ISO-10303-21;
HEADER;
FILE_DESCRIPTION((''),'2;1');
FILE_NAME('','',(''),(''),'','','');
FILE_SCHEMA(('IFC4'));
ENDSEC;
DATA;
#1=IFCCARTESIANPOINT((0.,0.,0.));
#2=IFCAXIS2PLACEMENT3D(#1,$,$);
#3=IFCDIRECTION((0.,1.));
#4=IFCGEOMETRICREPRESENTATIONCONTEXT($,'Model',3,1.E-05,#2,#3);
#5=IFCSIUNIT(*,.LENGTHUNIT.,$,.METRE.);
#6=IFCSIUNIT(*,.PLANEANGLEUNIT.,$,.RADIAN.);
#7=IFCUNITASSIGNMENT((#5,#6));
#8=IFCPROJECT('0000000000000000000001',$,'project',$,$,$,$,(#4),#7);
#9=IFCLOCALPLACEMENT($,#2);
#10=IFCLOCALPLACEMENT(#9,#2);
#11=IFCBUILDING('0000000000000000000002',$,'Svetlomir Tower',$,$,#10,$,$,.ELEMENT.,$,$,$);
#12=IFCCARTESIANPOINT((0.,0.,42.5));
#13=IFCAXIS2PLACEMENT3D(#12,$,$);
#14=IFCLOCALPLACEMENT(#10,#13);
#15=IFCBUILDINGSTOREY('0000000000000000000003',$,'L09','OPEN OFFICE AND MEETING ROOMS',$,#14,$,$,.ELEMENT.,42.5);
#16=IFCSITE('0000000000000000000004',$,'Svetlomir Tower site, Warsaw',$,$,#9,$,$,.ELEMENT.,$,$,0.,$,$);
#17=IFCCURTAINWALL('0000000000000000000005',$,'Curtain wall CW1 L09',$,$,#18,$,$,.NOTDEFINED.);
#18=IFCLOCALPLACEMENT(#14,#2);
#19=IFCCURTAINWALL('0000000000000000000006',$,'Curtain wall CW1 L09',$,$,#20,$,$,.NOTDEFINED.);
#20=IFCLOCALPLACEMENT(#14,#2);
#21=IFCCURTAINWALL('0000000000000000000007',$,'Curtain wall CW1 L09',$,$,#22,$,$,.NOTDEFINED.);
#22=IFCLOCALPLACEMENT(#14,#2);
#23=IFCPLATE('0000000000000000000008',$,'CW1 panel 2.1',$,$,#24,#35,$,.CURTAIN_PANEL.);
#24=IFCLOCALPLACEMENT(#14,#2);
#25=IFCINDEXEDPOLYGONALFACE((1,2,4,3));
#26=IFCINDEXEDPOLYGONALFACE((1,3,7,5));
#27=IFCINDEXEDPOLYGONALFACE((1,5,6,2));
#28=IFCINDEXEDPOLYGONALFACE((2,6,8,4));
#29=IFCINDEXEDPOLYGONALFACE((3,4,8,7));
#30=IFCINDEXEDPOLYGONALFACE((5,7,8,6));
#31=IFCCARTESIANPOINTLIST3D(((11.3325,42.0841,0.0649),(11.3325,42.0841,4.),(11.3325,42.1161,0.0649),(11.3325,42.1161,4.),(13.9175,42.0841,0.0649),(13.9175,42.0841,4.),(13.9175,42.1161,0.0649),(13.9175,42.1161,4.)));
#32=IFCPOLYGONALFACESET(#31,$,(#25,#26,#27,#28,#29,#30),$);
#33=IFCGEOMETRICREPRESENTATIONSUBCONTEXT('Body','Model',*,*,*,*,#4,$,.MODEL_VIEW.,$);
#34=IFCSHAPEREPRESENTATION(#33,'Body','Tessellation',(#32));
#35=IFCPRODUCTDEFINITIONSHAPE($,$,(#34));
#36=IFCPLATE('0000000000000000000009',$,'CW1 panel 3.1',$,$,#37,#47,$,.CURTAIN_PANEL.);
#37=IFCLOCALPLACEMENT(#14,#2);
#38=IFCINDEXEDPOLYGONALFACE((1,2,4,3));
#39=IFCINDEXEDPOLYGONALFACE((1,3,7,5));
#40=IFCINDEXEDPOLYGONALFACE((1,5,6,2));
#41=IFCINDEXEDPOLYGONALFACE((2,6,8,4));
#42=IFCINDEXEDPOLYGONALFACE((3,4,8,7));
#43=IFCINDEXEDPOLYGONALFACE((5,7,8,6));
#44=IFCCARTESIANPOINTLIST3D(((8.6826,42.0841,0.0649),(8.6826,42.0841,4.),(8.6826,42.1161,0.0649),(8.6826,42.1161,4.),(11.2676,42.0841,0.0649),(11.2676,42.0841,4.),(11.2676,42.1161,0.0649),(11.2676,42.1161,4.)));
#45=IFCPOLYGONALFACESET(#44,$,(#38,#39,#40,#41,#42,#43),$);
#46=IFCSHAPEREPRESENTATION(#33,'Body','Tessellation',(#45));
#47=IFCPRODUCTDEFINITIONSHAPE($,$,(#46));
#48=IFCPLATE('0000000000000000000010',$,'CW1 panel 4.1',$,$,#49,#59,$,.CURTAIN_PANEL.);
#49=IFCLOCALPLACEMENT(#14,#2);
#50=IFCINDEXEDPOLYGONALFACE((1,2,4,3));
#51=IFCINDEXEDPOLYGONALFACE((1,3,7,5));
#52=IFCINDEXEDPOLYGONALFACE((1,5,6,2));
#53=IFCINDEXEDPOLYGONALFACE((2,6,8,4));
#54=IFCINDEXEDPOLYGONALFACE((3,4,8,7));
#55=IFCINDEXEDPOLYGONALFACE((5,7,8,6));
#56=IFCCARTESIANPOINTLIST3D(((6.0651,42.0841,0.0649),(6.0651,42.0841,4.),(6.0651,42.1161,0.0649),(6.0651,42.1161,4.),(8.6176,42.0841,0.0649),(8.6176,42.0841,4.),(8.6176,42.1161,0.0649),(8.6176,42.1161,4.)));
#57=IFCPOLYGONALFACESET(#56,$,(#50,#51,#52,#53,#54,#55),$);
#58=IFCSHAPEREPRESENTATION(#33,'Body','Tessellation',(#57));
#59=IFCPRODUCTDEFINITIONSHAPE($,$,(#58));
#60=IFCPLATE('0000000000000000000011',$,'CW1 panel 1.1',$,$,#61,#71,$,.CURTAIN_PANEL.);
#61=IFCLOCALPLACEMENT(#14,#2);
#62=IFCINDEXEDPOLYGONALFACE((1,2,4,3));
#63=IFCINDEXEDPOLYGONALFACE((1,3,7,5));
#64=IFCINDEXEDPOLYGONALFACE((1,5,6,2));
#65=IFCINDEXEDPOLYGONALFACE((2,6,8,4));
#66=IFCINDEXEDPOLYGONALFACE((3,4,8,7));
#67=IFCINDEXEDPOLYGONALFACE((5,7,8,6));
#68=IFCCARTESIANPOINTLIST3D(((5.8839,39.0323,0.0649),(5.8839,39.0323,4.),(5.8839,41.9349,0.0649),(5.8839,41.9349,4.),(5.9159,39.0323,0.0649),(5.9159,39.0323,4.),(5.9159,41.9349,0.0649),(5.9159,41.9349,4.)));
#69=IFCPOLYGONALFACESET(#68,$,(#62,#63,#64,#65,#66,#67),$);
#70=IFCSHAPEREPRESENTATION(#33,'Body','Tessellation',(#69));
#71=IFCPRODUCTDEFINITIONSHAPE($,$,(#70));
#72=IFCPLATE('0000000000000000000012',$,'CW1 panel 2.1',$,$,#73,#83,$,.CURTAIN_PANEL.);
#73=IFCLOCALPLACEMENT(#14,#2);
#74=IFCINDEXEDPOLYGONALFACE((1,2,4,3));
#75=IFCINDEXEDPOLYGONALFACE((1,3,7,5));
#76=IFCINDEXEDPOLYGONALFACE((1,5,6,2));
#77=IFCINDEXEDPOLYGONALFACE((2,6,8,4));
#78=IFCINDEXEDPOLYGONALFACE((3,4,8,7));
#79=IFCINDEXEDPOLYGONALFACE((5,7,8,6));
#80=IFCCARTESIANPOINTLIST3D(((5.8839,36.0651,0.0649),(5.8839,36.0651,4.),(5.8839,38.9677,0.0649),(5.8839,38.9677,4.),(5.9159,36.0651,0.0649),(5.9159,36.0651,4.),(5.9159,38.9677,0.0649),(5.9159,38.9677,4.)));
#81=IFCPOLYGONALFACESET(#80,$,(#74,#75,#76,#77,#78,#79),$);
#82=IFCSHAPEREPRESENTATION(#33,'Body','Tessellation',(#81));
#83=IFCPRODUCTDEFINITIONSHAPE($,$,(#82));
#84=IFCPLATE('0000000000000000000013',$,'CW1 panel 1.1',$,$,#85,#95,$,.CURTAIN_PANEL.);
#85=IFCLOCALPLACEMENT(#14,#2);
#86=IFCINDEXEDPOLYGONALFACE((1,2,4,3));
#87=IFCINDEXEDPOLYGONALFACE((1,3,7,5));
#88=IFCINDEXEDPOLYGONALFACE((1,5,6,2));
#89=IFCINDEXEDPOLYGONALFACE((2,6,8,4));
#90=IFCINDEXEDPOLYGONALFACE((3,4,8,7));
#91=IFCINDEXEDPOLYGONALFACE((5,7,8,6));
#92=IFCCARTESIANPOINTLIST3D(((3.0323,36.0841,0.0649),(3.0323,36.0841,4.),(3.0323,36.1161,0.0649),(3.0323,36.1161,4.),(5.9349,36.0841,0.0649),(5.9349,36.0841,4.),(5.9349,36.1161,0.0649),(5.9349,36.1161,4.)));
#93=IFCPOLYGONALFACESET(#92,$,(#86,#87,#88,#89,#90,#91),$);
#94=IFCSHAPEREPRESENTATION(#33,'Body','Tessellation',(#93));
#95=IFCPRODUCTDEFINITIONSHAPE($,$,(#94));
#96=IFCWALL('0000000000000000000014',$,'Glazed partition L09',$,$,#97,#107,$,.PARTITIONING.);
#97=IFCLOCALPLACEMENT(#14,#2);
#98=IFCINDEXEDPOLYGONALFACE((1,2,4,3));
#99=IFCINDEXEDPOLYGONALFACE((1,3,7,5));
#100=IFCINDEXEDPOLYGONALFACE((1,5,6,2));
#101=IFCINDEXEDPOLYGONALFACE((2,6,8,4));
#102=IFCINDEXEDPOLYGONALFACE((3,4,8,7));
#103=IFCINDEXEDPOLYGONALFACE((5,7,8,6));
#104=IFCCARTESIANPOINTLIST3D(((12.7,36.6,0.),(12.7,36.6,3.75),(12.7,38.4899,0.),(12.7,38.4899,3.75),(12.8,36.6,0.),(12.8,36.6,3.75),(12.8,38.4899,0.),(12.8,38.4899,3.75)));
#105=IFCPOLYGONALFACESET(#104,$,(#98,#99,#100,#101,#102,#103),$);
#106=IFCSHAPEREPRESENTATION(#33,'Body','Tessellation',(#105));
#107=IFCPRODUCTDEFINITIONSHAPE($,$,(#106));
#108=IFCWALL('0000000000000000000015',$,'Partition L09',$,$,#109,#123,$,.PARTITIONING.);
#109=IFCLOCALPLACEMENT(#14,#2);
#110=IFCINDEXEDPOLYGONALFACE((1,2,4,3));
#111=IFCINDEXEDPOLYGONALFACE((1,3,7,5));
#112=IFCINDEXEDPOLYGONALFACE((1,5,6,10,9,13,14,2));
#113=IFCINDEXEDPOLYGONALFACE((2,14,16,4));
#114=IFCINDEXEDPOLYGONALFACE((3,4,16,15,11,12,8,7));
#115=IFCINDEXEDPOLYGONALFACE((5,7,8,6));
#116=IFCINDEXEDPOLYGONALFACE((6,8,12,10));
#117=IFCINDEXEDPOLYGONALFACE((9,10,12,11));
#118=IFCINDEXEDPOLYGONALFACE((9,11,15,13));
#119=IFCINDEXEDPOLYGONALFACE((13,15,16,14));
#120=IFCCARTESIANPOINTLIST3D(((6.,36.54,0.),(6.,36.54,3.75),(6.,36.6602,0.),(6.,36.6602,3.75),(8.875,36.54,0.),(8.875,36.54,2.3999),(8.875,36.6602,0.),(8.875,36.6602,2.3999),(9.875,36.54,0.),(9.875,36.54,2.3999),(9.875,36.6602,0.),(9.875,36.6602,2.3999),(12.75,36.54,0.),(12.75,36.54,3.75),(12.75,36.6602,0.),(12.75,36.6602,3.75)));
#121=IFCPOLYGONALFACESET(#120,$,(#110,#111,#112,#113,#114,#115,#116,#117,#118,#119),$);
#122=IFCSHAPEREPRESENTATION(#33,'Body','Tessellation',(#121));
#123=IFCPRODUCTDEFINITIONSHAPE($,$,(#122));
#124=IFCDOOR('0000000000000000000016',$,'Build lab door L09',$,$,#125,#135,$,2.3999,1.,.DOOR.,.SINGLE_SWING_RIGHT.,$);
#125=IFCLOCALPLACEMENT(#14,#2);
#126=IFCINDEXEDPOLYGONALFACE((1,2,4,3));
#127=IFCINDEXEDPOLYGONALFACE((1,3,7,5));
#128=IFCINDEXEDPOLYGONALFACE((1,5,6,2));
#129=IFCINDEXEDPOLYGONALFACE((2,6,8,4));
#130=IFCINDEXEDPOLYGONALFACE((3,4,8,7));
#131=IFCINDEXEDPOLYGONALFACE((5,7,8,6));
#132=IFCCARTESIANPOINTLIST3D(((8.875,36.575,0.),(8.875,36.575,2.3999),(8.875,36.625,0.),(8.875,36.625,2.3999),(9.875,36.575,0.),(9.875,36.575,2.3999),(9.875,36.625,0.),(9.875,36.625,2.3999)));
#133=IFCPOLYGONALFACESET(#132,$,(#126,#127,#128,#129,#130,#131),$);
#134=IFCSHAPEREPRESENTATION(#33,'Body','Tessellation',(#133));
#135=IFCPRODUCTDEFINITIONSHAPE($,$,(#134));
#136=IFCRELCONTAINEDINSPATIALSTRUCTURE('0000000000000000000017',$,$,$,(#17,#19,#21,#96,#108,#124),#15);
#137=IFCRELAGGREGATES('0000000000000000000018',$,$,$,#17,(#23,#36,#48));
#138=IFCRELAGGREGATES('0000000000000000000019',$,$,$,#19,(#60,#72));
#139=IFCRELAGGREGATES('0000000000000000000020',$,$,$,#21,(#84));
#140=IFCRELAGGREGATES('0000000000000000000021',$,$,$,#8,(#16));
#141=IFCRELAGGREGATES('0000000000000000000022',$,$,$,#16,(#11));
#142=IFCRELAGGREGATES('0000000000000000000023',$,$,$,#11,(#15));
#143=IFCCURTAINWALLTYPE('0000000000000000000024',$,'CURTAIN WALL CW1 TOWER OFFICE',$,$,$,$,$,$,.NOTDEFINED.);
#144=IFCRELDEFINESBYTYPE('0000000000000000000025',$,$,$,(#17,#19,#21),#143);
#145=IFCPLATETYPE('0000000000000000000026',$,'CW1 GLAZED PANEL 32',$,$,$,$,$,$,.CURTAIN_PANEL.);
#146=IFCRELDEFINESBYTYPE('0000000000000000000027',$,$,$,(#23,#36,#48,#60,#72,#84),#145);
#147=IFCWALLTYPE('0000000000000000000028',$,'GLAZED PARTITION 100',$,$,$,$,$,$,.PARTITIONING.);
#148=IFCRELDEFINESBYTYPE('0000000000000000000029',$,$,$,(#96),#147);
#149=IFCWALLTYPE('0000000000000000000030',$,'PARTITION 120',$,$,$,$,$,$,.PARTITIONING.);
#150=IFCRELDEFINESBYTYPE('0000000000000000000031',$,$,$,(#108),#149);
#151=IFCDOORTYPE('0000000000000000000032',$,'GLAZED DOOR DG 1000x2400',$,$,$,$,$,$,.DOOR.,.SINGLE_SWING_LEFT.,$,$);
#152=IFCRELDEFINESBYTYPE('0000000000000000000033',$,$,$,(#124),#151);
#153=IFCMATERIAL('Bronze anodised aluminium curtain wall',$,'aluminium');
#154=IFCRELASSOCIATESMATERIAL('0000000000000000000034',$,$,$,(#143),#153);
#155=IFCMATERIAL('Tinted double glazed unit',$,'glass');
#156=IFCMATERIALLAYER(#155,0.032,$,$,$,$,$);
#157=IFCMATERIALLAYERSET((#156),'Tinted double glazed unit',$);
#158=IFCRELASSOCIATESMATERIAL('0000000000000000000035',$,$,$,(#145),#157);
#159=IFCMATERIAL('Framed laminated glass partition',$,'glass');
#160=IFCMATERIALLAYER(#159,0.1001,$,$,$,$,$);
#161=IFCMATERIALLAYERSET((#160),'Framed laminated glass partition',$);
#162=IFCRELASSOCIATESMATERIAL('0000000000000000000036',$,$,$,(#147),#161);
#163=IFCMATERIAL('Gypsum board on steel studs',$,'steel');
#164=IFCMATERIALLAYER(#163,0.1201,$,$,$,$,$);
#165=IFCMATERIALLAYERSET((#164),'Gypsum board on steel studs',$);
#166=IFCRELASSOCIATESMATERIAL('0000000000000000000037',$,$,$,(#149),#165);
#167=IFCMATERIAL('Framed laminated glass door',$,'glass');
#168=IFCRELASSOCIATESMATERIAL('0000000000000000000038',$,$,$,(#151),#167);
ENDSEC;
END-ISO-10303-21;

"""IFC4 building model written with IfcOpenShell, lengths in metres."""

from ifc_helpers import new_model, si_unit, direction, frame, frame_2d, origin, origin_2d, place, context, subcontext, project, spatial, rectangle, extrude, material, layer, layer_set, type_object, element, fill, aggregate, save


model = new_model("IFC4")

# Units and contexts
model_context = context("Model", 3, precision=1e-05, world=origin(), true_north=direction((0.0, 1.0)))
body_context = subcontext(model_context, "Body", "Model", "MODEL_VIEW")
ifc_project = project(units=[si_unit("LENGTHUNIT", "METRE"), si_unit("PLANEANGLEUNIT", "RADIAN")], contexts=[model_context])

# Site, building, storey
site_placement = place(None, origin())
site = spatial("IfcSite", under=ifc_project, at=site_placement, Name="Svetlomir Tower site, Warsaw", CompositionType="ELEMENT", RefElevation=0.0)
building_placement = place(site_placement, origin())
building = spatial("IfcBuilding", under=site, at=building_placement, Name="Svetlomir Tower", CompositionType="ELEMENT")
storey_placement = place(building_placement, frame((0.0, 0.0, 42.5)))
storey = spatial("IfcBuildingStorey", under=building, at=storey_placement, Name="L09", Description="OPEN OFFICE AND MEETING ROOMS", CompositionType="ELEMENT", Elevation=42.5)

# Curtain walls
ifc_material_1 = material(Name="Bronze anodised aluminium curtain wall", Category="aluminium")
curtain_wall_type = type_object("IfcCurtainWallType", Name="CURTAIN WALL CW1 TOWER OFFICE", PredefinedType="NOTDEFINED", material=ifc_material_1)
curtain_wall_1_placement = place(storey_placement, origin())
curtain_wall_1 = element("IfcCurtainWall", 1, at=curtain_wall_1_placement, inside=storey, type_object=curtain_wall_type, Name="Curtain wall CW1 L09", PredefinedType="NOTDEFINED")
curtain_wall_2_placement = place(storey_placement, origin())
curtain_wall_2 = element("IfcCurtainWall", 2, at=curtain_wall_2_placement, inside=storey, type_object=curtain_wall_type, Name="Curtain wall CW1 L09", PredefinedType="NOTDEFINED")
curtain_wall_3_placement = place(storey_placement, origin())
curtain_wall_3 = element("IfcCurtainWall", 3, at=curtain_wall_3_placement, inside=storey, type_object=curtain_wall_type, Name="Curtain wall CW1 L09", PredefinedType="NOTDEFINED")

# Plates
ifc_material_2 = material(Name="Tinted double glazed unit", Category="glass")
ifc_layer_1 = layer(ifc_material_2, 0.032)
ifc_layer_set_1 = layer_set([ifc_layer_1], Name="Tinted double glazed unit")
plate_type = type_object("IfcPlateType", Name="CW1 GLAZED PANEL 32", PredefinedType="CURTAIN_PANEL", material=ifc_layer_set_1)
plate_1_placement = place(storey_placement, frame((12.625, 42.1001, 0.0649), z_axis=(0.0, 0.0, 1.0), x_axis=(-1.0, 0.0, 0.0)))
plate_1 = element("IfcPlate", 4, at=plate_1_placement, type_object=plate_type, Name="CW1 panel 2.1", PredefinedType="CURTAIN_PANEL", context=body_context, shape_type="SweptSolid", body=[
    extrude(rectangle(XDim=2.585, YDim=0.032, at=origin_2d()), origin(), (0.0, 0.0, 1.0), 3.9351),
])
plate_2_placement = place(storey_placement, frame((9.9751, 42.1001, 0.0649), z_axis=(0.0, 0.0, 1.0), x_axis=(-1.0, 0.0, 0.0)))
plate_2 = element("IfcPlate", 5, at=plate_2_placement, type_object=plate_type, Name="CW1 panel 3.1", PredefinedType="CURTAIN_PANEL", context=body_context, shape_type="SweptSolid", body=[
    extrude(rectangle(XDim=2.585, YDim=0.032, at=origin_2d()), origin(), (0.0, 0.0, 1.0), 3.9351),
])
plate_3_placement = place(storey_placement, frame((7.3413, 42.1001, 0.0649), z_axis=(0.0, 0.0, 1.0), x_axis=(-1.0, 0.0, 0.0)))
plate_3 = element("IfcPlate", 6, at=plate_3_placement, type_object=plate_type, Name="CW1 panel 4.1", PredefinedType="CURTAIN_PANEL", context=body_context, shape_type="SweptSolid", body=[
    extrude(rectangle(XDim=2.5525, YDim=0.032, at=origin_2d()), origin(), (0.0, 0.0, 1.0), 3.9351),
])
aggregate(curtain_wall_1, [plate_1, plate_2, plate_3])
plate_4_placement = place(storey_placement, frame((5.8999, 40.4836, 0.0649), z_axis=(0.0, 0.0, 1.0), x_axis=(0.0, -1.0, 0.0)))
plate_4 = element("IfcPlate", 7, at=plate_4_placement, type_object=plate_type, Name="CW1 panel 1.1", PredefinedType="CURTAIN_PANEL", context=body_context, shape_type="SweptSolid", body=[
    extrude(rectangle(XDim=2.9026, YDim=0.032, at=origin_2d()), origin(), (0.0, 0.0, 1.0), 3.9351),
])
plate_5_placement = place(storey_placement, frame((5.8999, 37.5164, 0.0649), z_axis=(0.0, 0.0, 1.0), x_axis=(0.0, -1.0, 0.0)))
plate_5 = element("IfcPlate", 8, at=plate_5_placement, type_object=plate_type, Name="CW1 panel 2.1", PredefinedType="CURTAIN_PANEL", context=body_context, shape_type="SweptSolid", body=[
    extrude(rectangle(XDim=2.9026, YDim=0.032, at=origin_2d()), origin(), (0.0, 0.0, 1.0), 3.9351),
])
aggregate(curtain_wall_2, [plate_4, plate_5])
plate_6_placement = place(storey_placement, frame((4.4836, 36.1001, 0.0649), z_axis=(0.0, 0.0, 1.0), x_axis=(-1.0, 0.0, 0.0)))
plate_6 = element("IfcPlate", 9, at=plate_6_placement, type_object=plate_type, Name="CW1 panel 1.1", PredefinedType="CURTAIN_PANEL", context=body_context, shape_type="SweptSolid", body=[
    extrude(rectangle(XDim=2.9026, YDim=0.032, at=origin_2d()), origin(), (0.0, 0.0, 1.0), 3.9351),
])
aggregate(curtain_wall_3, [plate_6])

# Wall
ifc_material_3 = material(Name="Framed laminated glass partition", Category="glass")
ifc_layer_2 = layer(ifc_material_3, 0.1001)
ifc_layer_set_2 = layer_set([ifc_layer_2], Name="Framed laminated glass partition")
wall_type_1 = type_object("IfcWallType", Name="GLAZED PARTITION 100", PredefinedType="PARTITIONING", material=ifc_layer_set_2)
wall_1_placement = place(storey_placement, frame((12.75, 36.6001, 0.0), z_axis=(0.0, 0.0, 1.0), x_axis=(0.0, 1.0, 0.0)))
element("IfcWall", 10, at=wall_1_placement, inside=storey, type_object=wall_type_1, Name="Glazed partition L09", PredefinedType="PARTITIONING", context=body_context, shape_type="SweptSolid", body=[
    extrude(rectangle(XDim=1.8899, YDim=0.1001, at=frame_2d((0.9448, 0.0))), origin(), (0.0, 0.0, 1.0), 3.75),
])

# Wall, opening, door
ifc_material_4 = material(Name="Gypsum board on steel studs", Category="steel")
ifc_layer_3 = layer(ifc_material_4, 0.1201)
ifc_layer_set_3 = layer_set([ifc_layer_3], Name="Gypsum board on steel studs")
wall_type_2 = type_object("IfcWallType", Name="PARTITION 120", PredefinedType="PARTITIONING", material=ifc_layer_set_3)
wall_2_placement = place(storey_placement, frame((6.0, 36.6001, 0.0), z_axis=(0.0, 0.0, 1.0), x_axis=(1.0, 0.0, 0.0)))
wall_2 = element("IfcWall", 11, at=wall_2_placement, inside=storey, type_object=wall_type_2, Name="Partition L09", PredefinedType="PARTITIONING", context=body_context, shape_type="SweptSolid", body=[
    extrude(rectangle(XDim=6.75, YDim=0.1201, at=frame_2d((3.375, 0.0))), origin(), (0.0, 0.0, 1.0), 3.75),
])
opening_placement = place(wall_2_placement, frame((2.875, 0.0, 0.0)))
opening = element("IfcOpeningElement", 12, at=opening_placement, cuts=wall_2, PredefinedType="OPENING", context=body_context, shape_type="SweptSolid", body=[
    extrude(rectangle(XDim=1.0, YDim=2.3999, at=frame_2d((0.5, 1.2))), frame((0.0, 0.0701, 0.0), z_axis=(0.0, -1.0, 0.0), x_axis=(1.0, 0.0, 0.0)), (0.0, 0.0, 1.0), 0.1401),
])
ifc_material_5 = material(Name="Framed laminated glass door", Category="glass")
door_type = type_object("IfcDoorType", Name="GLAZED DOOR DG 1000x2400", OperationType="SINGLE_SWING_LEFT", PredefinedType="DOOR", material=ifc_material_5)
door_placement = place(opening_placement, origin())
door = element("IfcDoor", 13, at=door_placement, inside=storey, type_object=door_type, Name="Build lab door L09", OperationType="SINGLE_SWING_RIGHT", OverallHeight=2.3999, OverallWidth=1.0, PredefinedType="DOOR", context=body_context, shape_type="SweptSolid", body=[
    extrude(rectangle(XDim=1.0, YDim=2.3999, at=frame_2d((0.5, 1.2))), frame((0.0, 0.0249, 0.0), z_axis=(0.0, -1.0, 0.0), x_axis=(1.0, 0.0, 0.0)), (0.0, 0.0, 1.0), 0.05),
])
fill(opening, door)

save(model, "model.ifc")
